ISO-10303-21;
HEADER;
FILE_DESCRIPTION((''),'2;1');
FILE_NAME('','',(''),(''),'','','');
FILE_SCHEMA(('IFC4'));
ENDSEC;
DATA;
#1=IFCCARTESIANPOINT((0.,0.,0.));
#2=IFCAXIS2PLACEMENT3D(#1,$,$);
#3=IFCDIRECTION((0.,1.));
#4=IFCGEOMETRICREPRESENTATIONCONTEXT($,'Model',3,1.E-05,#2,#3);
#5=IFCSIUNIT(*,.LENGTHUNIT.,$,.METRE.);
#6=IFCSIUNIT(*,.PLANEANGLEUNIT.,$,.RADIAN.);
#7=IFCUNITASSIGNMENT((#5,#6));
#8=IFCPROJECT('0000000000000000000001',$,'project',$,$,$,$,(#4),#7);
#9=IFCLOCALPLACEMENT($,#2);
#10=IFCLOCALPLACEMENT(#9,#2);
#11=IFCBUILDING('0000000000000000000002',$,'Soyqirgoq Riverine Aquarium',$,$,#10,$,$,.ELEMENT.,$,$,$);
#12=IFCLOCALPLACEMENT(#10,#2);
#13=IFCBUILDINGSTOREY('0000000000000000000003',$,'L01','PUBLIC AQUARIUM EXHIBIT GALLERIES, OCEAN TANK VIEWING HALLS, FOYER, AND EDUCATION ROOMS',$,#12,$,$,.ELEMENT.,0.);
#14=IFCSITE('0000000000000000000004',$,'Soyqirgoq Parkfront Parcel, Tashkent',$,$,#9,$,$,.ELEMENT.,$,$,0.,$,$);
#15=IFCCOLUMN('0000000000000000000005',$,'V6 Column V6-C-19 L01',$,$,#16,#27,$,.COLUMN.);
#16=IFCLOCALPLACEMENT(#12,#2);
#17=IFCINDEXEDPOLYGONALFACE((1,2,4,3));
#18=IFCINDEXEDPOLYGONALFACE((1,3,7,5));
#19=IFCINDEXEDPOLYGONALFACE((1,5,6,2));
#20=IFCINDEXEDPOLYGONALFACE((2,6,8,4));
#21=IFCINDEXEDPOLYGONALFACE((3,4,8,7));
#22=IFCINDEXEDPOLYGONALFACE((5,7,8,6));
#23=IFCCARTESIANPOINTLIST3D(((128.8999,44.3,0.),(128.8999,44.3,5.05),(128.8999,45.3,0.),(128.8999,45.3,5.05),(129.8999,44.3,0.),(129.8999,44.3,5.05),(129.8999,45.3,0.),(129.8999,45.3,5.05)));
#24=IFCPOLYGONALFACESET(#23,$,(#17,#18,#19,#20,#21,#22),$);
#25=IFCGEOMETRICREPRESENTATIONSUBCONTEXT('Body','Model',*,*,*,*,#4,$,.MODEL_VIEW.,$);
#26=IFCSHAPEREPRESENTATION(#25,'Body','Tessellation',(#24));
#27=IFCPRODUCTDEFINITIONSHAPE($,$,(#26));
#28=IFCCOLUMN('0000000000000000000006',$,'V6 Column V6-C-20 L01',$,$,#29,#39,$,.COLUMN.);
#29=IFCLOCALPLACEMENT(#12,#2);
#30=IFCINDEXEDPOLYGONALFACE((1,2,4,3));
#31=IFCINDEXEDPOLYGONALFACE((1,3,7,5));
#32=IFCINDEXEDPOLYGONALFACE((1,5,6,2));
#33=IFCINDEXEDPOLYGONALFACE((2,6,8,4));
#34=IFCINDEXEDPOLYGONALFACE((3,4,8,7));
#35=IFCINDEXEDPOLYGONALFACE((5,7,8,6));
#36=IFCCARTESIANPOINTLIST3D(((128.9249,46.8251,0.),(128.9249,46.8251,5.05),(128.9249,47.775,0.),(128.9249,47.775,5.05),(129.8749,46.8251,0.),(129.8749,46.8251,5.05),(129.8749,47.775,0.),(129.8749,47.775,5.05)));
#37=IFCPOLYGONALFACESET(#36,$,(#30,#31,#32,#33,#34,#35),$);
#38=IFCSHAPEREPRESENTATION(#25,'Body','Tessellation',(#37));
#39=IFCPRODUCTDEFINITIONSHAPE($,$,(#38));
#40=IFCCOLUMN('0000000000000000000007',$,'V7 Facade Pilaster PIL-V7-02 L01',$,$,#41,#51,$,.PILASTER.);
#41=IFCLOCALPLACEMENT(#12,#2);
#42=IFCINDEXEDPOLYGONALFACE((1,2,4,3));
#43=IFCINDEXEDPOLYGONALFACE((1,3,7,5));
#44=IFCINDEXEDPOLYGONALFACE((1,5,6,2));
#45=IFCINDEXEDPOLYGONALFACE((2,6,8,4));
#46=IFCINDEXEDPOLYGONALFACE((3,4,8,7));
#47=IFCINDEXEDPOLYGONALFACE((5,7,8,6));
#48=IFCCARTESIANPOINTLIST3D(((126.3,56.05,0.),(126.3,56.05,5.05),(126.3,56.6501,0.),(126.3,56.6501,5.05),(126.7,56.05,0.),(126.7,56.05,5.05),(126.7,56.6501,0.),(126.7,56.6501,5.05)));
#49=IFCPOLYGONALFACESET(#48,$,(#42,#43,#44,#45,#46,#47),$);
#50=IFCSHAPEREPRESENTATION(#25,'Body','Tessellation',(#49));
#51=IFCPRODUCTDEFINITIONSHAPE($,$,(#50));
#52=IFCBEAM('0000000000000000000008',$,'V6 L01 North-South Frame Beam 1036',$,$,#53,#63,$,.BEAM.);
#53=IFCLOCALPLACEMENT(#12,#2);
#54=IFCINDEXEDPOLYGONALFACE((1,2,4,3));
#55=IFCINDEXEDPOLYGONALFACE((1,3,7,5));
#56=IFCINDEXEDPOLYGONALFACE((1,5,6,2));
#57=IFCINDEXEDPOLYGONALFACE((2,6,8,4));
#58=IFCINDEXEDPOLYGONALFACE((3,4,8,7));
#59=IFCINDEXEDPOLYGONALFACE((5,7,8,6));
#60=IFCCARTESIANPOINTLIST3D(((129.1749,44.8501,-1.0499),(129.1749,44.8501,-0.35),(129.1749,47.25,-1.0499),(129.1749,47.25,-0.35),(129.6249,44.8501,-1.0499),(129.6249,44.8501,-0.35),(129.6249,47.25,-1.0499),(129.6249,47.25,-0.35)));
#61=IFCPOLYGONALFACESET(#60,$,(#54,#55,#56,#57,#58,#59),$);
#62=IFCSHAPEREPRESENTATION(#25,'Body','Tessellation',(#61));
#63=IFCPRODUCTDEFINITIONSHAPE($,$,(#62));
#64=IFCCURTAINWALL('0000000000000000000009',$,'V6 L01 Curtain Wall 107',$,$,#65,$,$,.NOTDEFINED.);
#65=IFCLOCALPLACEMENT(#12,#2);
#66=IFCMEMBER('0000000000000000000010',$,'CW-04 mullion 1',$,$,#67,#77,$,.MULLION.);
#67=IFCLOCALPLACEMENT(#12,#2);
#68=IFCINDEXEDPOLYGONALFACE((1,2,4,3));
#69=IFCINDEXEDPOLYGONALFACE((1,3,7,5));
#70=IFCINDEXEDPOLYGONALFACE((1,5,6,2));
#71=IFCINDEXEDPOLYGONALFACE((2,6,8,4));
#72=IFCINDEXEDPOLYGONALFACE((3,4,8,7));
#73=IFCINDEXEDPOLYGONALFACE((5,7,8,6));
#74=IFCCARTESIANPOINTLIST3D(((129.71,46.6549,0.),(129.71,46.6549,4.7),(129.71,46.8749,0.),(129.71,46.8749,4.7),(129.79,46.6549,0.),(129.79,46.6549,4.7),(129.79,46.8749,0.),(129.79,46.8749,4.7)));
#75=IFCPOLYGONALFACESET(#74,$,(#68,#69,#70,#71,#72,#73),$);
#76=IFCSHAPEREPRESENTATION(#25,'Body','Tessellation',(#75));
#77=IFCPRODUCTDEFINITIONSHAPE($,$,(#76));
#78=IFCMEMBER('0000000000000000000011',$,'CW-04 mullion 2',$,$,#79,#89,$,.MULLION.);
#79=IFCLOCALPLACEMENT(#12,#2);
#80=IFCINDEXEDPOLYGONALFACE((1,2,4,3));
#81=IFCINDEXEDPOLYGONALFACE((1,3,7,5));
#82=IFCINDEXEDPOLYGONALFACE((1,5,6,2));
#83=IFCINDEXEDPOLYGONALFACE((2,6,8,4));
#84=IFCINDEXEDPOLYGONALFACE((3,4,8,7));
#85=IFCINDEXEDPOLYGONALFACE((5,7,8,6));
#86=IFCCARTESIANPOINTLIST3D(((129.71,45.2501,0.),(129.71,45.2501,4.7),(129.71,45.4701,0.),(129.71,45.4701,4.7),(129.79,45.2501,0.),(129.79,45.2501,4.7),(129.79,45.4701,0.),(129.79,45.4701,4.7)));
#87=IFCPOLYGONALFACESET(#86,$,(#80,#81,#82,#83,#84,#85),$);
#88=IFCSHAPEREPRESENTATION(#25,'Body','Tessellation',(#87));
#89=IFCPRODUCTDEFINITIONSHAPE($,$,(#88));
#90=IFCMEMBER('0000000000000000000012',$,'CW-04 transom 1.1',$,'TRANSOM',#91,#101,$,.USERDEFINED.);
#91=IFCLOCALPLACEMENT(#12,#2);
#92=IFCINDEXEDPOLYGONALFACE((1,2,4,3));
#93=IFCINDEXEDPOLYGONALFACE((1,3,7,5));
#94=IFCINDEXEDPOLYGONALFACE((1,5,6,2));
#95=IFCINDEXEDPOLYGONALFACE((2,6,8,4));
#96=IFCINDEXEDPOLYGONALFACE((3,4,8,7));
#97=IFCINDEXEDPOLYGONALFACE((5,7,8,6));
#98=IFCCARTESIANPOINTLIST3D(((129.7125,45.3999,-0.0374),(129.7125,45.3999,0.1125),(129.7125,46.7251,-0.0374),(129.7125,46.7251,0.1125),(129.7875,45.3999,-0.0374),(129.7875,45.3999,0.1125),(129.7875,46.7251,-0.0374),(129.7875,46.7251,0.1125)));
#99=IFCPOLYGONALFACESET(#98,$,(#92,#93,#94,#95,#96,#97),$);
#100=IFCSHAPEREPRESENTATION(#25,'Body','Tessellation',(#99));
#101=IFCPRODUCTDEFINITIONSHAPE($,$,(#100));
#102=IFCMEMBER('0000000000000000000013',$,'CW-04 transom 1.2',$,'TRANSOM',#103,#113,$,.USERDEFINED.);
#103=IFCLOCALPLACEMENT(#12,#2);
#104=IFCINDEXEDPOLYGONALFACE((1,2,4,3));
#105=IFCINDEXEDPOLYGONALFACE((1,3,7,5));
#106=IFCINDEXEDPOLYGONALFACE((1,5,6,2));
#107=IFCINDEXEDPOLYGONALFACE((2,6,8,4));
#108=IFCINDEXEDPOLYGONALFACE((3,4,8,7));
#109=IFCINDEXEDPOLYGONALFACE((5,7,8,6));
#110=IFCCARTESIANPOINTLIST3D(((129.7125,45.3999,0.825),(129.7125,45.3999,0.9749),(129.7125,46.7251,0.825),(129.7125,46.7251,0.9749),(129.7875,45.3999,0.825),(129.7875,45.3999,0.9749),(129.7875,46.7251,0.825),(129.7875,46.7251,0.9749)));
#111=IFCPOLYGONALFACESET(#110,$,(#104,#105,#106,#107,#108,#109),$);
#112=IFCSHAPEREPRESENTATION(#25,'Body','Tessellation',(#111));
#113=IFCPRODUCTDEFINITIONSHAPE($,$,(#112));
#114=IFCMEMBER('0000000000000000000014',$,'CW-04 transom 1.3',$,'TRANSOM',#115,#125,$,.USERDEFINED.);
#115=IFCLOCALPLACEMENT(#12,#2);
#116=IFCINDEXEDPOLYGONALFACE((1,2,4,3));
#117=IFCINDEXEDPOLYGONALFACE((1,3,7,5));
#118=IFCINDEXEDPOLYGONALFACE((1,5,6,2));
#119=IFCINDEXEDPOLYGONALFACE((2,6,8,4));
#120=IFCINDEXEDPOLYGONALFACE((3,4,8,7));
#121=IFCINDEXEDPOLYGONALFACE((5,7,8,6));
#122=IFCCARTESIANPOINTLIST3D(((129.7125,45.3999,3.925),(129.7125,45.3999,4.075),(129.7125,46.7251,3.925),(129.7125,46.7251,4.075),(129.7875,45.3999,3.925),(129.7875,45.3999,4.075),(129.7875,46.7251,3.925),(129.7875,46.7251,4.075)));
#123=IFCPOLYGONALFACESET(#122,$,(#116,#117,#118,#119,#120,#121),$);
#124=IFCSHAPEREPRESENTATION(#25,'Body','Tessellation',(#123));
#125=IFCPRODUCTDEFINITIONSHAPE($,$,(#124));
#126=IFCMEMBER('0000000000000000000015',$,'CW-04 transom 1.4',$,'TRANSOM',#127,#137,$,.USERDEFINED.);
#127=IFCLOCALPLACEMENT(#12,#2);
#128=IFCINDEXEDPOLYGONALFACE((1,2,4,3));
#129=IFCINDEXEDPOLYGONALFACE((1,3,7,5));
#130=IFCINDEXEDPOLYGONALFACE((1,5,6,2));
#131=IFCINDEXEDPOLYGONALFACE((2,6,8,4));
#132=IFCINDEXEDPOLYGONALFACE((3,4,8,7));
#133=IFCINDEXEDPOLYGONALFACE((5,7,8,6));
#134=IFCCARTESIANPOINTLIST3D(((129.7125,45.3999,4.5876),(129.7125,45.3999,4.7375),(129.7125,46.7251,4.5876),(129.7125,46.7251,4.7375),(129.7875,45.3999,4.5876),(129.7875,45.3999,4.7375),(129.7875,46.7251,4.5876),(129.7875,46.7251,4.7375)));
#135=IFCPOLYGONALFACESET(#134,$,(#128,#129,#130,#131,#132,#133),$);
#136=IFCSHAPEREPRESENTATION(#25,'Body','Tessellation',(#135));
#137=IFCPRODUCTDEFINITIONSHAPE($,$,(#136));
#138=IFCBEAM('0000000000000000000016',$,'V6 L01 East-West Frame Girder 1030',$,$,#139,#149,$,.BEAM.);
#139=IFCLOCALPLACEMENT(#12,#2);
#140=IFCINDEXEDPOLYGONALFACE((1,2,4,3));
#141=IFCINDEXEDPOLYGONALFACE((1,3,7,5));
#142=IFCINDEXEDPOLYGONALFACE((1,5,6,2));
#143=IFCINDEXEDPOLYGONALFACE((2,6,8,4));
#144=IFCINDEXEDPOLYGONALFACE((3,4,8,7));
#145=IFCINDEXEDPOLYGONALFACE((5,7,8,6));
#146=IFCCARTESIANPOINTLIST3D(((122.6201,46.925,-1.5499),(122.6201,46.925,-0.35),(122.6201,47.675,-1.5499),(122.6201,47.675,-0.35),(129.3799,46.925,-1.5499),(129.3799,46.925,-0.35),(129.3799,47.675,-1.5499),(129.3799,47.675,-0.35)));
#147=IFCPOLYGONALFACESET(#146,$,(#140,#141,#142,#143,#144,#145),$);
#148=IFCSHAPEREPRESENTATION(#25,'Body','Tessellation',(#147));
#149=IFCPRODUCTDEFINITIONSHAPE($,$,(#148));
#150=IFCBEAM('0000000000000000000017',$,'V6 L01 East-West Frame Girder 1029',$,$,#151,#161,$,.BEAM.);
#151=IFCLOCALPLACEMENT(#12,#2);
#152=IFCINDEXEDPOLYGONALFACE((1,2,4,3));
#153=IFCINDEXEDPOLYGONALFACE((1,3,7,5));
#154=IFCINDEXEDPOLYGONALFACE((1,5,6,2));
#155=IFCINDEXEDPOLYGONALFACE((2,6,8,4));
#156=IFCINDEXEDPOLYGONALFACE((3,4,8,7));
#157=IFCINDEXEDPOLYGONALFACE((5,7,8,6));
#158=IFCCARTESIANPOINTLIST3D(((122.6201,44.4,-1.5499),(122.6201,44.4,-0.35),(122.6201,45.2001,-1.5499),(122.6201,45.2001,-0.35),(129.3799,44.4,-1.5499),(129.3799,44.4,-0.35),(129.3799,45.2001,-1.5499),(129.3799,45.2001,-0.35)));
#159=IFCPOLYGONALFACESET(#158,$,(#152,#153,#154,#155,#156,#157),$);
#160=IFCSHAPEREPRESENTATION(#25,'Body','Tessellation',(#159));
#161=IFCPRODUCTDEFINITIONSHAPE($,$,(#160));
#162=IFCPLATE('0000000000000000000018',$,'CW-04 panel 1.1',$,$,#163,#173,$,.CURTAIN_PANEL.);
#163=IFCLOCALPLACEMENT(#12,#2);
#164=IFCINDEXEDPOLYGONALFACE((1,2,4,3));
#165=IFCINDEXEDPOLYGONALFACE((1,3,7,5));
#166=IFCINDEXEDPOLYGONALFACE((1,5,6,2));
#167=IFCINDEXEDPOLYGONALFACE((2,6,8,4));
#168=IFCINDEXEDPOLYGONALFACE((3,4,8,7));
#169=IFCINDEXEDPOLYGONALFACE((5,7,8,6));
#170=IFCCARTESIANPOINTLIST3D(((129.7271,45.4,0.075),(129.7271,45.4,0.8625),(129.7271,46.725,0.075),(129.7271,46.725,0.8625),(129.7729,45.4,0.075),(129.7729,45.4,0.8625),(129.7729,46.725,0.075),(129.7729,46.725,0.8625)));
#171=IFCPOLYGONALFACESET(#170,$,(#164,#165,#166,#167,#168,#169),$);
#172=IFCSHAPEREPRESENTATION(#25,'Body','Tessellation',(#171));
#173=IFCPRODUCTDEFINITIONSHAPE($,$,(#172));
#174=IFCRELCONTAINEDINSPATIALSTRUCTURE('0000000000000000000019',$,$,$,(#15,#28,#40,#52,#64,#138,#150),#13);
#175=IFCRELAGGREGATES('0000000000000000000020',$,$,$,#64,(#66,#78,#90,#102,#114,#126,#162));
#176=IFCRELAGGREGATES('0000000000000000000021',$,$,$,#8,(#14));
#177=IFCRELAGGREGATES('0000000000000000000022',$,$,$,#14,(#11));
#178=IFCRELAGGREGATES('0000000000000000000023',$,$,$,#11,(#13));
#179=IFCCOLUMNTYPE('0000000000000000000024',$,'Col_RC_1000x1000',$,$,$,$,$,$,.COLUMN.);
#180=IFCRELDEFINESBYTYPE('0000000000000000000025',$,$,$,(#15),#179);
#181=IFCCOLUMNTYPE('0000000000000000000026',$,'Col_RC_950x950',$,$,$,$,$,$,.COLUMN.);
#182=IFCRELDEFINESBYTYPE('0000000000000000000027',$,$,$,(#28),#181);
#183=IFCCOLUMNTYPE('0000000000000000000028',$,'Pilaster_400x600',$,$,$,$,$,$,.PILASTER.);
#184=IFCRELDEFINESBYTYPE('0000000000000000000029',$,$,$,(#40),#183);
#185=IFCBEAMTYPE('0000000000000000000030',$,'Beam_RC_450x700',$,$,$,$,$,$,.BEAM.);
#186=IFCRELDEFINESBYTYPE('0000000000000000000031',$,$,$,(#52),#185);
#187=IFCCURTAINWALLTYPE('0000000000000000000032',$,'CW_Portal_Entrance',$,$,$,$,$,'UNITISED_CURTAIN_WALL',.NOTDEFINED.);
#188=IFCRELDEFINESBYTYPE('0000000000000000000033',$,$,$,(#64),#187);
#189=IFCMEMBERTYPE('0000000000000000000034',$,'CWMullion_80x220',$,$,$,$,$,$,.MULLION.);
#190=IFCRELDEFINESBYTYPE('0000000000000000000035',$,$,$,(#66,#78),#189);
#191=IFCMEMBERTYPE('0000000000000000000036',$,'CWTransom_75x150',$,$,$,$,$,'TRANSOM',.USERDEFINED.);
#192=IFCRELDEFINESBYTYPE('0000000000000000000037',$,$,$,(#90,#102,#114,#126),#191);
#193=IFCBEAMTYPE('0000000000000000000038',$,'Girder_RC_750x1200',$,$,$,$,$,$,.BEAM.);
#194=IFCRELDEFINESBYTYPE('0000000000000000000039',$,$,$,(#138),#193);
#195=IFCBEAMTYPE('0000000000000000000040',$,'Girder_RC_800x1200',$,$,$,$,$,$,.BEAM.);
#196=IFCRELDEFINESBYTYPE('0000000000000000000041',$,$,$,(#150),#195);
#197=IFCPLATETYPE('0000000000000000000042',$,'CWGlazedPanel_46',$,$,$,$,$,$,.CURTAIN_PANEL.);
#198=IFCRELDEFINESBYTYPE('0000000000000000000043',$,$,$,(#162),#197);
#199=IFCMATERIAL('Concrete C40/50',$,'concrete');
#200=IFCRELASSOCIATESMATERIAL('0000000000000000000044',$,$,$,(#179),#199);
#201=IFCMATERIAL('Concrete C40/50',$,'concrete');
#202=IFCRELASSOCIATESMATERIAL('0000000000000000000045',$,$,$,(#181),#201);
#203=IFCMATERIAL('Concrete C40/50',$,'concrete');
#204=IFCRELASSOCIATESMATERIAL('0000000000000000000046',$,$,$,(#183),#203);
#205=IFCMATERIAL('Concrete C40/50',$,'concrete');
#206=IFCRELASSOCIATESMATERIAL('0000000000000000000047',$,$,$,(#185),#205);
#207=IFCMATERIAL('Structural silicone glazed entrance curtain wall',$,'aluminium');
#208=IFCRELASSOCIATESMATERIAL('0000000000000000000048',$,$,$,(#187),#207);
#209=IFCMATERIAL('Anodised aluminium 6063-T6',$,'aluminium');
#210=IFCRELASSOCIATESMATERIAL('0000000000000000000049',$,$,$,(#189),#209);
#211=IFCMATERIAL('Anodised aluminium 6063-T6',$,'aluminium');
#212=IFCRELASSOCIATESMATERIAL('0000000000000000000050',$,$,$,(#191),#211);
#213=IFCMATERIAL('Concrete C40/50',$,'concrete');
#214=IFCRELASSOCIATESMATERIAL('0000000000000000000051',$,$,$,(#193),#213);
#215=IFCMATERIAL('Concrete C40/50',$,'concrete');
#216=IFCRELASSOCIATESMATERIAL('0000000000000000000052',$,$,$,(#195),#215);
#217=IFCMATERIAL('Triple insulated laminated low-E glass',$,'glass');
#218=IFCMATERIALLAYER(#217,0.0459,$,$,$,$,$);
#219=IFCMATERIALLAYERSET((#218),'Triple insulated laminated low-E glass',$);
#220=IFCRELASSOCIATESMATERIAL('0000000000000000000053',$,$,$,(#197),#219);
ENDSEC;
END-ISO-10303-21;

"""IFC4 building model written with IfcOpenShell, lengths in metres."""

from ifc_helpers import new_model, si_unit, direction, frame, origin, origin_2d, place, context, subcontext, project, spatial, rectangle, extrude, material, layer, layer_set, material_profile, profile_set, type_object, element, aggregate, save


model = new_model("IFC4")

# Units and contexts
model_context = context("Model", 3, precision=1e-05, world=origin(), true_north=direction((0.0, 1.0)))
body_context = subcontext(model_context, "Body", "Model", "MODEL_VIEW")
ifc_project = project(units=[si_unit("LENGTHUNIT", "METRE"), si_unit("PLANEANGLEUNIT", "RADIAN")], contexts=[model_context])

# Site, building, storey
site_placement = place(None, origin())
site = spatial("IfcSite", under=ifc_project, at=site_placement, Name="Soyqirgoq Parkfront Parcel, Tashkent", CompositionType="ELEMENT", RefElevation=0.0)
building_placement = place(site_placement, origin())
building = spatial("IfcBuilding", under=site, at=building_placement, Name="Soyqirgoq Riverine Aquarium", CompositionType="ELEMENT")
storey_placement = place(building_placement, origin())
storey = spatial("IfcBuildingStorey", under=building, at=storey_placement, Name="L01", Description="PUBLIC AQUARIUM EXHIBIT GALLERIES, OCEAN TANK VIEWING HALLS, FOYER, AND EDUCATION ROOMS", CompositionType="ELEMENT", Elevation=0.0)

# Columns
ifc_material_1 = material(Name="Concrete C40/50", Category="concrete")
ifc_material_profile_1 = material_profile(ifc_material_1, rectangle(XDim=1.0, YDim=1.0, at=origin_2d()), Name="RC 1000x1000")
ifc_profile_set_1 = profile_set([ifc_material_profile_1], Name="Concrete C40/50")
column_type_1 = type_object("IfcColumnType", Name="Col_RC_1000x1000", PredefinedType="COLUMN", material=ifc_profile_set_1)
column_1_placement = place(storey_placement, frame((129.3999, 44.8, 0.0), z_axis=(0.0, 0.0, 1.0), x_axis=(1.0, 0.0, 0.0)))
element("IfcColumn", 1, at=column_1_placement, inside=storey, type_object=column_type_1, Name="V6 Column V6-C-19 L01", PredefinedType="COLUMN", context=body_context, shape_type="SweptSolid", body=[
    extrude(rectangle(XDim=1.0, YDim=1.0, at=origin_2d()), origin(), (0.0, 0.0, 1.0), 5.05),
])
ifc_material_2 = material(Name="Concrete C40/50", Category="concrete")
ifc_material_profile_2 = material_profile(ifc_material_2, rectangle(XDim=0.95, YDim=0.95, at=origin_2d()), Name="RC 950x950")
ifc_profile_set_2 = profile_set([ifc_material_profile_2], Name="Concrete C40/50")
column_type_2 = type_object("IfcColumnType", Name="Col_RC_950x950", PredefinedType="COLUMN", material=ifc_profile_set_2)
column_2_placement = place(storey_placement, frame((129.3999, 47.3, 0.0), z_axis=(0.0, 0.0, 1.0), x_axis=(1.0, 0.0, 0.0)))
element("IfcColumn", 2, at=column_2_placement, inside=storey, type_object=column_type_2, Name="V6 Column V6-C-20 L01", PredefinedType="COLUMN", context=body_context, shape_type="SweptSolid", body=[
    extrude(rectangle(XDim=0.95, YDim=0.95, at=origin_2d()), origin(), (0.0, 0.0, 1.0), 5.05),
])
ifc_material_3 = material(Name="Concrete C40/50", Category="concrete")
ifc_material_profile_3 = material_profile(ifc_material_3, rectangle(XDim=0.3999, YDim=0.6001, at=origin_2d()), Name="RC-PIL 400x600")
ifc_profile_set_3 = profile_set([ifc_material_profile_3], Name="Concrete C40/50")
column_type_3 = type_object("IfcColumnType", Name="Pilaster_400x600", PredefinedType="PILASTER", material=ifc_profile_set_3)
column_3_placement = place(storey_placement, frame((126.5, 56.3501, 0.0), z_axis=(0.0, 0.0, 1.0), x_axis=(1.0, 0.0, 0.0)))
element("IfcColumn", 3, at=column_3_placement, inside=storey, type_object=column_type_3, Name="V7 Facade Pilaster PIL-V7-02 L01", PredefinedType="PILASTER", context=body_context, shape_type="SweptSolid", body=[
    extrude(rectangle(XDim=0.3999, YDim=0.6001, at=origin_2d()), origin(), (0.0, 0.0, 1.0), 5.05),
])

# Beam
ifc_material_4 = material(Name="Concrete C40/50", Category="concrete")
ifc_material_profile_4 = material_profile(ifc_material_4, rectangle(XDim=0.45, YDim=0.7, at=origin_2d()), Name="RC 450x700")
ifc_profile_set_4 = profile_set([ifc_material_profile_4], Name="Concrete C40/50")
beam_type_1 = type_object("IfcBeamType", Name="Beam_RC_450x700", PredefinedType="BEAM", material=ifc_profile_set_4)
beam_1_placement = place(storey_placement, frame((129.3999, 44.8501, -0.7), z_axis=(0.0, 1.0, 0.0), x_axis=(-1.0, 0.0, 0.0)))
element("IfcBeam", 4, at=beam_1_placement, inside=storey, type_object=beam_type_1, Name="V6 L01 North-South Frame Beam 1036", PredefinedType="BEAM", context=body_context, shape_type="SweptSolid", body=[
    extrude(rectangle(XDim=0.45, YDim=0.7, at=origin_2d()), origin(), (0.0, 0.0, 1.0), 2.3999),
])

# Curtain wall, members
ifc_material_5 = material(Name="Structural silicone glazed entrance curtain wall", Category="aluminium")
curtain_wall_type = type_object("IfcCurtainWallType", Name="CW_Portal_Entrance", ElementType="UNITISED_CURTAIN_WALL", PredefinedType="NOTDEFINED", material=ifc_material_5)
curtain_wall_placement = place(storey_placement, origin())
curtain_wall = element("IfcCurtainWall", 5, at=curtain_wall_placement, inside=storey, type_object=curtain_wall_type, Name="V6 L01 Curtain Wall 107", PredefinedType="NOTDEFINED")
ifc_material_6 = material(Name="Anodised aluminium 6063-T6", Category="aluminium")
ifc_material_profile_5 = material_profile(ifc_material_6, rectangle(XDim=0.0801, YDim=0.22, at=origin_2d()), Name="ALU-M 80x220")
ifc_profile_set_5 = profile_set([ifc_material_profile_5], Name="Anodised aluminium 6063-T6")
member_type_1 = type_object("IfcMemberType", Name="CWMullion_80x220", PredefinedType="MULLION", material=ifc_profile_set_5)
member_1_placement = place(storey_placement, frame((129.75, 46.7649, 0.0), z_axis=(0.0, 0.0, 1.0), x_axis=(1.0, 0.0, 0.0)))
member_1 = element("IfcMember", 6, at=member_1_placement, type_object=member_type_1, Name="CW-04 mullion 1", PredefinedType="MULLION", context=body_context, shape_type="SweptSolid", body=[
    extrude(rectangle(XDim=0.0801, YDim=0.22, at=origin_2d()), origin(), (0.0, 0.0, 1.0), 4.7),
])
member_2_placement = place(storey_placement, frame((129.75, 45.3601, 0.0), z_axis=(0.0, 0.0, 1.0), x_axis=(1.0, 0.0, 0.0)))
member_2 = element("IfcMember", 7, at=member_2_placement, type_object=member_type_1, Name="CW-04 mullion 2", PredefinedType="MULLION", context=body_context, shape_type="SweptSolid", body=[
    extrude(rectangle(XDim=0.0801, YDim=0.22, at=origin_2d()), origin(), (0.0, 0.0, 1.0), 4.7),
])
ifc_material_7 = material(Name="Anodised aluminium 6063-T6", Category="aluminium")
ifc_material_profile_6 = material_profile(ifc_material_7, rectangle(XDim=0.075, YDim=0.1499, at=origin_2d()), Name="ALU-T 75x150")
ifc_profile_set_6 = profile_set([ifc_material_profile_6], Name="Anodised aluminium 6063-T6")
member_type_2 = type_object("IfcMemberType", Name="CWTransom_75x150", ElementType="TRANSOM", PredefinedType="USERDEFINED", material=ifc_profile_set_6)
member_3_placement = place(storey_placement, frame((129.75, 46.7251, 0.0376), z_axis=(0.0, -1.0, 0.0), x_axis=(1.0, 0.0, 0.0)))
member_3 = element("IfcMember", 8, at=member_3_placement, type_object=member_type_2, Name="CW-04 transom 1.1", ObjectType="TRANSOM", PredefinedType="USERDEFINED", context=body_context, shape_type="SweptSolid", body=[
    extrude(rectangle(XDim=0.075, YDim=0.1499, at=origin_2d()), origin(), (0.0, 0.0, 1.0), 1.3252),
])
member_4_placement = place(storey_placement, frame((129.75, 46.7251, 0.8999), z_axis=(0.0, -1.0, 0.0), x_axis=(1.0, 0.0, 0.0)))
member_4 = element("IfcMember", 9, at=member_4_placement, type_object=member_type_2, Name="CW-04 transom 1.2", ObjectType="TRANSOM", PredefinedType="USERDEFINED", context=body_context, shape_type="SweptSolid", body=[
    extrude(rectangle(XDim=0.075, YDim=0.1499, at=origin_2d()), origin(), (0.0, 0.0, 1.0), 1.3252),
])
member_5_placement = place(storey_placement, frame((129.75, 46.7251, 4.0), z_axis=(0.0, -1.0, 0.0), x_axis=(1.0, 0.0, 0.0)))
member_5 = element("IfcMember", 10, at=member_5_placement, type_object=member_type_2, Name="CW-04 transom 1.3", ObjectType="TRANSOM", PredefinedType="USERDEFINED", context=body_context, shape_type="SweptSolid", body=[
    extrude(rectangle(XDim=0.075, YDim=0.1499, at=origin_2d()), origin(), (0.0, 0.0, 1.0), 1.3252),
])
member_6_placement = place(storey_placement, frame((129.75, 46.7251, 4.6626), z_axis=(0.0, -1.0, 0.0), x_axis=(1.0, 0.0, 0.0)))
member_6 = element("IfcMember", 11, at=member_6_placement, type_object=member_type_2, Name="CW-04 transom 1.4", ObjectType="TRANSOM", PredefinedType="USERDEFINED", context=body_context, shape_type="SweptSolid", body=[
    extrude(rectangle(XDim=0.075, YDim=0.1499, at=origin_2d()), origin(), (0.0, 0.0, 1.0), 1.3252),
])

# Beams
ifc_material_8 = material(Name="Concrete C40/50", Category="concrete")
ifc_material_profile_7 = material_profile(ifc_material_8, rectangle(XDim=0.75, YDim=1.2, at=origin_2d()), Name="RC 750x1200")
ifc_profile_set_7 = profile_set([ifc_material_profile_7], Name="Concrete C40/50")
beam_type_2 = type_object("IfcBeamType", Name="Girder_RC_750x1200", PredefinedType="BEAM", material=ifc_profile_set_7)
beam_2_placement = place(storey_placement, frame((122.6201, 47.3, -0.95), z_axis=(1.0, 0.0, 0.0), x_axis=(0.0, 1.0, 0.0)))
element("IfcBeam", 12, at=beam_2_placement, inside=storey, type_object=beam_type_2, Name="V6 L01 East-West Frame Girder 1030", PredefinedType="BEAM", context=body_context, shape_type="SweptSolid", body=[
    extrude(rectangle(XDim=0.75, YDim=1.2, at=origin_2d()), origin(), (0.0, 0.0, 1.0), 6.7598),
])
ifc_material_9 = material(Name="Concrete C40/50", Category="concrete")
ifc_material_profile_8 = material_profile(ifc_material_9, rectangle(XDim=0.8, YDim=1.2, at=origin_2d()), Name="RC 800x1200")
ifc_profile_set_8 = profile_set([ifc_material_profile_8], Name="Concrete C40/50")
beam_type_3 = type_object("IfcBeamType", Name="Girder_RC_800x1200", PredefinedType="BEAM", material=ifc_profile_set_8)
beam_3_placement = place(storey_placement, frame((122.6201, 44.8, -0.95), z_axis=(1.0, 0.0, 0.0), x_axis=(0.0, 1.0, 0.0)))
element("IfcBeam", 13, at=beam_3_placement, inside=storey, type_object=beam_type_3, Name="V6 L01 East-West Frame Girder 1029", PredefinedType="BEAM", context=body_context, shape_type="SweptSolid", body=[
    extrude(rectangle(XDim=0.8, YDim=1.2, at=origin_2d()), origin(), (0.0, 0.0, 1.0), 6.7598),
])

# Plate
ifc_material_10 = material(Name="Triple insulated laminated low-E glass", Category="glass")
ifc_layer_1 = layer(ifc_material_10, 0.0459)
ifc_layer_set_1 = layer_set([ifc_layer_1], Name="Triple insulated laminated low-E glass")
plate_type = type_object("IfcPlateType", Name="CWGlazedPanel_46", PredefinedType="CURTAIN_PANEL", material=ifc_layer_set_1)
plate_1_placement = place(storey_placement, frame((129.75, 46.0625, 0.075), z_axis=(0.0, 0.0, 1.0), x_axis=(0.0, -1.0, 0.0)))
plate_1 = element("IfcPlate", 14, at=plate_1_placement, type_object=plate_type, Name="CW-04 panel 1.1", PredefinedType="CURTAIN_PANEL", context=body_context, shape_type="SweptSolid", body=[
    extrude(rectangle(XDim=1.325, YDim=0.0459, at=origin_2d()), origin(), (0.0, 0.0, 1.0), 0.7876),
])
aggregate(curtain_wall, [member_1, member_2, member_3, member_4, member_5, member_6, plate_1])

save(model, "model.ifc")
